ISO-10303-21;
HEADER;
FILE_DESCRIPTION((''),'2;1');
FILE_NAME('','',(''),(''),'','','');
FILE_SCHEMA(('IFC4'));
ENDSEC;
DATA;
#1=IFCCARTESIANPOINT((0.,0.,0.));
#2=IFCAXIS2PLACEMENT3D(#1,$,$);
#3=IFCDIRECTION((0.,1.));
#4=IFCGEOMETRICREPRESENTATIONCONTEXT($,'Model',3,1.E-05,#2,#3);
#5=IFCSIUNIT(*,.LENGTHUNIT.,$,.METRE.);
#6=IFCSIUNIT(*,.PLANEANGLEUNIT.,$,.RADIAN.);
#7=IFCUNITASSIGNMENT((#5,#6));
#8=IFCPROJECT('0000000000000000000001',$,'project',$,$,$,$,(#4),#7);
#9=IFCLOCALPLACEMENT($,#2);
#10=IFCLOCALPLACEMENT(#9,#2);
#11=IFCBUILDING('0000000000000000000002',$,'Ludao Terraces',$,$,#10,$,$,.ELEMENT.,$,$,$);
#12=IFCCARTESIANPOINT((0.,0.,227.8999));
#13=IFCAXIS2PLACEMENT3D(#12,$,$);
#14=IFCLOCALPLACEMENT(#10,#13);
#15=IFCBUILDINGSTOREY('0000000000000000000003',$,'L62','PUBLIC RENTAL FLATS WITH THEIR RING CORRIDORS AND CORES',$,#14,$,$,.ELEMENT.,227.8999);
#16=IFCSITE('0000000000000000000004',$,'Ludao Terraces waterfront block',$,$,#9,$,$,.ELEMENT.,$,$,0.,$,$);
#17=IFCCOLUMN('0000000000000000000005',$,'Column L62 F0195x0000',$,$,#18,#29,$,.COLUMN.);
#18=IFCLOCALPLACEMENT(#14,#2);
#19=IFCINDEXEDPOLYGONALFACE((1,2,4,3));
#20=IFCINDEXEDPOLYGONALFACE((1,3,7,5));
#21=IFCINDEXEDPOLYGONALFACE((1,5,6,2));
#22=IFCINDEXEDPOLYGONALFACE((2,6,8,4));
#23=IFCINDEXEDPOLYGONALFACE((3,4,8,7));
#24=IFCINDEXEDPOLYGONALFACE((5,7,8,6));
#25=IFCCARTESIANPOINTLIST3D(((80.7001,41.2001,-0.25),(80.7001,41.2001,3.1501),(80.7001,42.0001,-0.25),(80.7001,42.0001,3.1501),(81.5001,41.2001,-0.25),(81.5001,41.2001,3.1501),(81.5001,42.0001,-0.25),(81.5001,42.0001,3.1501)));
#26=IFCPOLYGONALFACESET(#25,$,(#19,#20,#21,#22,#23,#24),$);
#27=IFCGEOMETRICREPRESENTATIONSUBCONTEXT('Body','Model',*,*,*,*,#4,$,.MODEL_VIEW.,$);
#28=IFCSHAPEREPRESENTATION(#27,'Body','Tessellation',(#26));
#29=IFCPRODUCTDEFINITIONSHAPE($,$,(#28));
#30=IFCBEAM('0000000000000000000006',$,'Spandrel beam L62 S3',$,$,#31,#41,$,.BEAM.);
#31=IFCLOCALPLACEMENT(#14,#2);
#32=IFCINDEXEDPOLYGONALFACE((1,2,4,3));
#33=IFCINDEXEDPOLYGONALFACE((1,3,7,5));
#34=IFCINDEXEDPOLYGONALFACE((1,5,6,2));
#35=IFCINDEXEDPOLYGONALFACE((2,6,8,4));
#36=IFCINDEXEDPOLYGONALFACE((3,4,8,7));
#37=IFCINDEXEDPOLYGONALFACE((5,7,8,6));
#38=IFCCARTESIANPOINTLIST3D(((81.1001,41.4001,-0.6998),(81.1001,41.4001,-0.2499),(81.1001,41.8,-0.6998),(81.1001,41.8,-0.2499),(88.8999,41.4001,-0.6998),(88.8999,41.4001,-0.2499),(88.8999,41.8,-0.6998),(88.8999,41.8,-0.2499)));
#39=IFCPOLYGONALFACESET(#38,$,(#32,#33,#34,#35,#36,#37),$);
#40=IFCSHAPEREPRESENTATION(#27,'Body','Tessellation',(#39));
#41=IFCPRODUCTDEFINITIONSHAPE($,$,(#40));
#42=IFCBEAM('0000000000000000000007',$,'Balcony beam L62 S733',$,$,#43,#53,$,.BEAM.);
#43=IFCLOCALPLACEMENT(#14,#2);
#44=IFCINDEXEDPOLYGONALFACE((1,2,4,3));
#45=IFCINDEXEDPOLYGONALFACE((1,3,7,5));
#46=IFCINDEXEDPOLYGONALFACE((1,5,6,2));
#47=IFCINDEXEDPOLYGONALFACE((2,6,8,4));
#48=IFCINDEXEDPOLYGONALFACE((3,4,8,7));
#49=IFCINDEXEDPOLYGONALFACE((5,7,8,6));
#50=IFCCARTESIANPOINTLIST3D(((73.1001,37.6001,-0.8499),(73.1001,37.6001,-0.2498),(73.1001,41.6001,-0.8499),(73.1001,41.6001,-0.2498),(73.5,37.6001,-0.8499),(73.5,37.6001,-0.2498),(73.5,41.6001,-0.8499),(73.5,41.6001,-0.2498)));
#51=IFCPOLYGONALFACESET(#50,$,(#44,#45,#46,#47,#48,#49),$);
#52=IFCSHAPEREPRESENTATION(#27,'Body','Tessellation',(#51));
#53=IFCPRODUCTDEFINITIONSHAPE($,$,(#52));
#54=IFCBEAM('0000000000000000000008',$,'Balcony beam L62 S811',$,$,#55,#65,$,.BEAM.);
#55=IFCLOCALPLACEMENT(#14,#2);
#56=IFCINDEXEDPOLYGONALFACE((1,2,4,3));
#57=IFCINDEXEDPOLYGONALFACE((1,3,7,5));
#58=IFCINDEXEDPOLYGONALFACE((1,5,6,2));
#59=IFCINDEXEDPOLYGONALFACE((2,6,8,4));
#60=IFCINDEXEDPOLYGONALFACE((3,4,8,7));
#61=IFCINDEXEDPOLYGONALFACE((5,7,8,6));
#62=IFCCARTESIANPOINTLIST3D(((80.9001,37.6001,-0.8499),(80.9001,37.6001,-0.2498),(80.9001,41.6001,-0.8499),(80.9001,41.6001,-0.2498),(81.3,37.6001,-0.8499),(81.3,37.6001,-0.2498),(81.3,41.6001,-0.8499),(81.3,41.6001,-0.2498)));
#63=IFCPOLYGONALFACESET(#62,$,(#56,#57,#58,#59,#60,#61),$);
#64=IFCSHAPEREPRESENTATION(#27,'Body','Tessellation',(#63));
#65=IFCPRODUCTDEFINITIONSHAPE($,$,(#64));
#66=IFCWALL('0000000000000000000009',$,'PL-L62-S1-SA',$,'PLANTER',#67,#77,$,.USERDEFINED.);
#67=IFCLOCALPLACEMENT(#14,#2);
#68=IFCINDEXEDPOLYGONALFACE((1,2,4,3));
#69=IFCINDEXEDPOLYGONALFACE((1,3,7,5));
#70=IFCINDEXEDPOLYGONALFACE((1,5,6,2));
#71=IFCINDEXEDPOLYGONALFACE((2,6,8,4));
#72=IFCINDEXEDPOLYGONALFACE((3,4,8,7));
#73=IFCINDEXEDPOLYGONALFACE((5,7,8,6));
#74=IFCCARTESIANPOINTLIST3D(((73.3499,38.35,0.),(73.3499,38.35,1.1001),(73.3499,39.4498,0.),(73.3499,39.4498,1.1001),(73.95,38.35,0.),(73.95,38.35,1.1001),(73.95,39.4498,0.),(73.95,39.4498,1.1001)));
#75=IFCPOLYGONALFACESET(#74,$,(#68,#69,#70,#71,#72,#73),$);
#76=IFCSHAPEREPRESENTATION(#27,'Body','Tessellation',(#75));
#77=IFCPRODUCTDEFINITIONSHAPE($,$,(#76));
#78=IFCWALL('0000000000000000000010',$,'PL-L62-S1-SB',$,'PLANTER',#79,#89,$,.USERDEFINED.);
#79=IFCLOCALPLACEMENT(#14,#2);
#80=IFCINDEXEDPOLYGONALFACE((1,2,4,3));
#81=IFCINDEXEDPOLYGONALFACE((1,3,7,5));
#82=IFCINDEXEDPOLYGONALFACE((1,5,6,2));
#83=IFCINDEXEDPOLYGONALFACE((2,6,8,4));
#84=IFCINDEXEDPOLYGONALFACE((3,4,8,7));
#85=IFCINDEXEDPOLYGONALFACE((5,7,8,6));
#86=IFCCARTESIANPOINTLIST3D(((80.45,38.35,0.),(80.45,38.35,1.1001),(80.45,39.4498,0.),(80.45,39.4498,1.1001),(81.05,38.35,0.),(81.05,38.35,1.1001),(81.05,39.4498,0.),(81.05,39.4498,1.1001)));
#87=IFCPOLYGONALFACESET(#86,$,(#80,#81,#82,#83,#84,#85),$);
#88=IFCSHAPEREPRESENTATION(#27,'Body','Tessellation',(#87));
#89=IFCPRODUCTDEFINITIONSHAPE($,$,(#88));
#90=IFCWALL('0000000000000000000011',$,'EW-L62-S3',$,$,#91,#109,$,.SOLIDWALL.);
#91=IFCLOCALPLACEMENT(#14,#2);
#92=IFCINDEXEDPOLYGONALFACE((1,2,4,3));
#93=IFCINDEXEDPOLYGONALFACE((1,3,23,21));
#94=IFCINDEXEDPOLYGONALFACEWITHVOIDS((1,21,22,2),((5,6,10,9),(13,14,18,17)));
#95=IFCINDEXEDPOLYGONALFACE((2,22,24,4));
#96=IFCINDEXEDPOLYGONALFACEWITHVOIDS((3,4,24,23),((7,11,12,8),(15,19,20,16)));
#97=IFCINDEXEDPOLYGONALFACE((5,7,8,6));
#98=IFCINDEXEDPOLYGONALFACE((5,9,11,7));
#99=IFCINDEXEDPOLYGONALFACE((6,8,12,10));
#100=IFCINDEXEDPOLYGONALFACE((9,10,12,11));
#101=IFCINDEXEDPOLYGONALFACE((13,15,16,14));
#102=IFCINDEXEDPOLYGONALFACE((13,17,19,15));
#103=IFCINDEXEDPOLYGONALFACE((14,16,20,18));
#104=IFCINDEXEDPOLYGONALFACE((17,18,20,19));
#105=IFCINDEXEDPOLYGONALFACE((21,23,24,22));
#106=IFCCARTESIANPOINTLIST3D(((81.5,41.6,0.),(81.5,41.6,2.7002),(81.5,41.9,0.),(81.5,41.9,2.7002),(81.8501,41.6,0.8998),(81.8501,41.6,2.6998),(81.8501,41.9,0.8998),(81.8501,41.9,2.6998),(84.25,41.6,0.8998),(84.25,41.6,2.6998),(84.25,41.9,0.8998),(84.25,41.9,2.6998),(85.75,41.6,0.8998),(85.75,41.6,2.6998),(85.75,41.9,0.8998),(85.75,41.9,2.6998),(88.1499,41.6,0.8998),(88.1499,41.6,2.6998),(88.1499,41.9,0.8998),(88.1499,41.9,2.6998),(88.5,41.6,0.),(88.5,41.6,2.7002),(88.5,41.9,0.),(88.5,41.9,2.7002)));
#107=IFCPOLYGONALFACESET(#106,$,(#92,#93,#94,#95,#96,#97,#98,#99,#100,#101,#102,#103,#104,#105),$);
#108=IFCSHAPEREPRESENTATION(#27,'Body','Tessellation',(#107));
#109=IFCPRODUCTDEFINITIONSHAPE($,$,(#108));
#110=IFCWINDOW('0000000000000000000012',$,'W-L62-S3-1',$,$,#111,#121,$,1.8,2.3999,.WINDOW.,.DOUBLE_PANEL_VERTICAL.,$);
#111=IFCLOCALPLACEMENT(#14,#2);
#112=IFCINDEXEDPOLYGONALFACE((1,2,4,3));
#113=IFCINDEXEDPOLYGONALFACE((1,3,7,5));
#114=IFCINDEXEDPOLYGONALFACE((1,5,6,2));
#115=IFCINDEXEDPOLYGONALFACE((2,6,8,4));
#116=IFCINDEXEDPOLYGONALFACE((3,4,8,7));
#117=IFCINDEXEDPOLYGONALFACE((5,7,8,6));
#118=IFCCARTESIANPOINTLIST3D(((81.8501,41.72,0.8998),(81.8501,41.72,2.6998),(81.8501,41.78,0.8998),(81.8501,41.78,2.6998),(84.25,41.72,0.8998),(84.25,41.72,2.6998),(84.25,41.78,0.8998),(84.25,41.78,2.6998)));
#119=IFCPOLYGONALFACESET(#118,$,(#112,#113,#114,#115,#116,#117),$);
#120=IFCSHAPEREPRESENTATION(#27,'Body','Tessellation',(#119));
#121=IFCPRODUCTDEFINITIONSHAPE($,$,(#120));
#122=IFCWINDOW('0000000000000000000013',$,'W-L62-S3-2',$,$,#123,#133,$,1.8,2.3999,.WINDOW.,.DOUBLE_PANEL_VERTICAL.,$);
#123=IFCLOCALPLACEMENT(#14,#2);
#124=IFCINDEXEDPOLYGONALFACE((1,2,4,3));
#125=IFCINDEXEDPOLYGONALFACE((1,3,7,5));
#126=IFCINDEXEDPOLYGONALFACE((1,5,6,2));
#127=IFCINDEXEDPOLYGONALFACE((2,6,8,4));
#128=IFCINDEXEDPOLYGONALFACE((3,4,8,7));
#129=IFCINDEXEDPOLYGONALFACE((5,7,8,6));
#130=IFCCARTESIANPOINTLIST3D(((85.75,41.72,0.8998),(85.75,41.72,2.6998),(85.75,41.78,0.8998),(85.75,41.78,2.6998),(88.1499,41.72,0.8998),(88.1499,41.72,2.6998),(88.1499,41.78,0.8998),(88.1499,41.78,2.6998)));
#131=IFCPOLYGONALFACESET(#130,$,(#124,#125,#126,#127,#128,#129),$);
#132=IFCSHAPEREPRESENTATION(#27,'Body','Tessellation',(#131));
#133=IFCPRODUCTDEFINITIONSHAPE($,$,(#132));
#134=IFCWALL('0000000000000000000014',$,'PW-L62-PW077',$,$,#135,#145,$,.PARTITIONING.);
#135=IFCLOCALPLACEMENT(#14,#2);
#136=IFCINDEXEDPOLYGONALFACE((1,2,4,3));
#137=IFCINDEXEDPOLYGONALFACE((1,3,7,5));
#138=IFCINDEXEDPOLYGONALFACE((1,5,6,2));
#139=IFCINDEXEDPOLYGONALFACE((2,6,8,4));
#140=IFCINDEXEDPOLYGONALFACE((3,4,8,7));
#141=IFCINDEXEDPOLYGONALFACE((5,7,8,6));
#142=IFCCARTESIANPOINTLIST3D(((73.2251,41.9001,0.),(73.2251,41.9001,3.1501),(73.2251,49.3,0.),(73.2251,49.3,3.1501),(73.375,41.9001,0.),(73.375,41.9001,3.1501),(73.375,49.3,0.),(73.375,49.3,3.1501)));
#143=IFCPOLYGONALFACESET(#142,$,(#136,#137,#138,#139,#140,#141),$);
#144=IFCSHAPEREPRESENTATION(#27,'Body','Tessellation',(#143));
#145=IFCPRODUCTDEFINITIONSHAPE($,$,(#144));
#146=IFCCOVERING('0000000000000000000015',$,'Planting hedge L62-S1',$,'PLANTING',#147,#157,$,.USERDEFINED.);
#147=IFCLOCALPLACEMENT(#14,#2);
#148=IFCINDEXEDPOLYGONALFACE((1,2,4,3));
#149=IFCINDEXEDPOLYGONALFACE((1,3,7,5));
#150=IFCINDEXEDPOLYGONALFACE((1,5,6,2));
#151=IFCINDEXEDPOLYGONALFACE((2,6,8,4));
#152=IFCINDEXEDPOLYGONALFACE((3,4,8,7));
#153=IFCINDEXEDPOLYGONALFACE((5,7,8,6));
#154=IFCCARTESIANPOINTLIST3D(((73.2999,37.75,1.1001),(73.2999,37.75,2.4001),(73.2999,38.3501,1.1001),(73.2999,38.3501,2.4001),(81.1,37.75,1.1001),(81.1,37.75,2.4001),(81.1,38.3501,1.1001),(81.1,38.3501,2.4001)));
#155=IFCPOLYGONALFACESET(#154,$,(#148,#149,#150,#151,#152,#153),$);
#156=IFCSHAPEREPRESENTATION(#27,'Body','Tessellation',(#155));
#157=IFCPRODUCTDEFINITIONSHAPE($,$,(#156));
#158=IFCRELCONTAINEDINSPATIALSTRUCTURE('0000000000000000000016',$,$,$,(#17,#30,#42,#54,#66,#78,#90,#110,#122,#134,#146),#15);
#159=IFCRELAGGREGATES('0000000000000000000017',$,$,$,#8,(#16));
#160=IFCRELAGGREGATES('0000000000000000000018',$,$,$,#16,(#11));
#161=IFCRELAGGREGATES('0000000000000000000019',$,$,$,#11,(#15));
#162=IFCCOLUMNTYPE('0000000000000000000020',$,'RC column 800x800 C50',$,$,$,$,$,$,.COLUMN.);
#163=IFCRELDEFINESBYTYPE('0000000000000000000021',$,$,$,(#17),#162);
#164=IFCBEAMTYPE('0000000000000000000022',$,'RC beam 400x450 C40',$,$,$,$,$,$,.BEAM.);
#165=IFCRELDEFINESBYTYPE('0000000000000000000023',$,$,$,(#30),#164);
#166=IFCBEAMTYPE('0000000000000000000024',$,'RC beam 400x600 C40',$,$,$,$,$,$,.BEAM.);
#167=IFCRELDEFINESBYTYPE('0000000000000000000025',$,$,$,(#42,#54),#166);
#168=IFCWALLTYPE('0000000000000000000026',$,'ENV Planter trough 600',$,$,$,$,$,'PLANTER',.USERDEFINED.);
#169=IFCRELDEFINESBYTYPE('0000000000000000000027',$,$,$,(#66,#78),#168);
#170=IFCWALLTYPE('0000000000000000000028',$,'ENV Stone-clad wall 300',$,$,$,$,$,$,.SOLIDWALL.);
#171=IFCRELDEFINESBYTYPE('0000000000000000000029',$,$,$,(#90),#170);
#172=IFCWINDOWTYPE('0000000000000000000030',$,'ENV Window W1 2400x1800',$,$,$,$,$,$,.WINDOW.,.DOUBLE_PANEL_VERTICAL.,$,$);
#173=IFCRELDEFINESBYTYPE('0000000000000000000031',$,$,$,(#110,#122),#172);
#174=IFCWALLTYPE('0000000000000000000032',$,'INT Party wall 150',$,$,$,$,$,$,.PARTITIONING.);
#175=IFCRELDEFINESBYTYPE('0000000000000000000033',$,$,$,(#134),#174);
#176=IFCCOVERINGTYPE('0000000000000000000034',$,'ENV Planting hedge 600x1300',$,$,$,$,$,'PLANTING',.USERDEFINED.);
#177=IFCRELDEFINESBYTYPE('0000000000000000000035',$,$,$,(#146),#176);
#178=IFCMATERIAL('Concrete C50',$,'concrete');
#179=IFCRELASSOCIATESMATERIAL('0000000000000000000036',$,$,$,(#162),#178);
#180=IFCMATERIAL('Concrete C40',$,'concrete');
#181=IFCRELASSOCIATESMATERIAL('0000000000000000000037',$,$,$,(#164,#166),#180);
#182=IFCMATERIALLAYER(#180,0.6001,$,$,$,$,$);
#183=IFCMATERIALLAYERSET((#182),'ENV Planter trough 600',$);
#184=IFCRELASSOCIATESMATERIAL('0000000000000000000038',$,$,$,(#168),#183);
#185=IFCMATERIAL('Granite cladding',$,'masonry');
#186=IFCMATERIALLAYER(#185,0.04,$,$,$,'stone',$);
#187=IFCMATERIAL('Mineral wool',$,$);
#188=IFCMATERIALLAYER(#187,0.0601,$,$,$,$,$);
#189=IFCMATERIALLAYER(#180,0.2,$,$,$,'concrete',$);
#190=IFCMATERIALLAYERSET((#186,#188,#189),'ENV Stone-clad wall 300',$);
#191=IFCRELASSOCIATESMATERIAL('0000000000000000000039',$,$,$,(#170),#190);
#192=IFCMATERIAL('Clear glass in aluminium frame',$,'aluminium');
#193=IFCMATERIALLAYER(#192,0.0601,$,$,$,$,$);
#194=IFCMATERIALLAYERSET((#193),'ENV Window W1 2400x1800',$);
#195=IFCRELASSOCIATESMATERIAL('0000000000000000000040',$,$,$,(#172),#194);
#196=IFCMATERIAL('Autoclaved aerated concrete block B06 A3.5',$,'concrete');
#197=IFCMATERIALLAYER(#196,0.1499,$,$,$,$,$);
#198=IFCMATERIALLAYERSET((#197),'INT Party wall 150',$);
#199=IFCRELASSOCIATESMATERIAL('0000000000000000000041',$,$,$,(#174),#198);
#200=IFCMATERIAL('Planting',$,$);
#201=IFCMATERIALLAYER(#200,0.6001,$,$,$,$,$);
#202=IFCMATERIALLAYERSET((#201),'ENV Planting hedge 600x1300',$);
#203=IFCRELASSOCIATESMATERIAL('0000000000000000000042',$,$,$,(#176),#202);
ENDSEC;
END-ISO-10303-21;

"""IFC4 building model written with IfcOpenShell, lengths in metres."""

from ifc_helpers import new_model, si_unit, direction, frame, frame_2d, origin, origin_2d, place, context, subcontext, project, spatial, rectangle, extrude, material, layer, layer_set, material_profile, profile_set, type_object, element, fill, save


model = new_model("IFC4")

# Units and contexts
model_context = context("Model", 3, precision=1e-05, world=origin(), true_north=direction((0.0, 1.0)))
body_context = subcontext(model_context, "Body", "Model", "MODEL_VIEW")
ifc_project = project(units=[si_unit("LENGTHUNIT", "METRE"), si_unit("PLANEANGLEUNIT", "RADIAN")], contexts=[model_context])

# Site, building, storey
site_placement = place(None, origin())
site = spatial("IfcSite", under=ifc_project, at=site_placement, Name="Ludao Terraces waterfront block", CompositionType="ELEMENT", RefElevation=0.0)
building_placement = place(site_placement, origin())
building = spatial("IfcBuilding", under=site, at=building_placement, Name="Ludao Terraces", CompositionType="ELEMENT")
storey_placement = place(building_placement, frame((0.0, 0.0, 227.8999)))
storey = spatial("IfcBuildingStorey", under=building, at=storey_placement, Name="L62", Description="PUBLIC RENTAL FLATS WITH THEIR RING CORRIDORS AND CORES", CompositionType="ELEMENT", Elevation=227.8999)

# Column
ifc_material_1 = material(Name="Concrete C50", Category="concrete")
ifc_material_profile_1 = material_profile(ifc_material_1, rectangle(XDim=0.8, YDim=0.8, at=origin_2d()), Name="800 X 800")
ifc_profile_set_1 = profile_set([ifc_material_profile_1], Name="Concrete C50")
column_type = type_object("IfcColumnType", Name="RC column 800x800 C50", PredefinedType="COLUMN", material=ifc_profile_set_1)
column_placement = place(storey_placement, frame((81.1001, 41.6001, -0.25), z_axis=(0.0, 0.0, 1.0), x_axis=(1.0, 0.0, 0.0)))
element("IfcColumn", 1, at=column_placement, inside=storey, type_object=column_type, Name="Column L62 F0195x0000", PredefinedType="COLUMN", context=body_context, shape_type="SweptSolid", body=[
    extrude(rectangle(XDim=0.8, YDim=0.8, at=origin_2d()), origin(), (0.0, 0.0, 1.0), 3.4001),
])

# Beams
ifc_material_2 = material(Name="Concrete C40", Category="concrete")
ifc_material_profile_2 = material_profile(ifc_material_2, rectangle(XDim=0.3999, YDim=0.45, at=origin_2d()), Name="400 X 450")
ifc_profile_set_2 = profile_set([ifc_material_profile_2], Name="Concrete C40")
beam_type_1 = type_object("IfcBeamType", Name="RC beam 400x450 C40", PredefinedType="BEAM", material=ifc_profile_set_2)
beam_placement = place(storey_placement, frame((81.1001, 41.6001, -0.4749), z_axis=(1.0, 0.0, 0.0), x_axis=(0.0, 1.0, 0.0)))
element("IfcBeam", 2, at=beam_placement, inside=storey, type_object=beam_type_1, Name="Spandrel beam L62 S3", PredefinedType="BEAM", context=body_context, shape_type="SweptSolid", body=[
    extrude(rectangle(XDim=0.3999, YDim=0.45, at=origin_2d()), origin(), (0.0, 0.0, 1.0), 7.7998),
])
ifc_material_profile_3 = material_profile(ifc_material_2, rectangle(XDim=0.3999, YDim=0.6001, at=origin_2d()), Name="400 X 600")
ifc_profile_set_3 = profile_set([ifc_material_profile_3], Name="Concrete C40")
beam_type_2 = type_object("IfcBeamType", Name="RC beam 400x600 C40", PredefinedType="BEAM", material=ifc_profile_set_3)
for number, where, z_axis, x_axis, name in (
    (3, (73.3, 41.6001, -0.5498), (0.0, -1.0, 0.0), (1.0, 0.0, 0.0), "Balcony beam L62 S733"),
    (4, (81.1001, 41.6001, -0.5498), (0.0, -1.0, 0.0), (1.0, 0.0, 0.0), "Balcony beam L62 S811"),
):
    element("IfcBeam", number, at=place(storey_placement, frame(where, z_axis=z_axis, x_axis=x_axis)), inside=storey, type_object=beam_type_2, Name=name, PredefinedType="BEAM", context=body_context, shape_type="SweptSolid", body=[
        extrude(rectangle(XDim=0.3999, YDim=0.6001, at=origin_2d()), origin(), (0.0, 0.0, 1.0), 4.0),
    ])

# Walls
ifc_layer_1 = layer(ifc_material_2, 0.6001)
ifc_layer_set_1 = layer_set([ifc_layer_1], Name="ENV Planter trough 600")
wall_type_1 = type_object("IfcWallType", Name="ENV Planter trough 600", ElementType="PLANTER", PredefinedType="USERDEFINED", material=ifc_layer_set_1)
for number, where, z_axis, x_axis, name in (
    (5, (73.6499, 38.3501, 0.0), (0.0, 0.0, 1.0), (0.0, 1.0, 0.0), "PL-L62-S1-SA"),
    (6, (80.75, 38.3501, 0.0), (0.0, 0.0, 1.0), (0.0, 1.0, 0.0), "PL-L62-S1-SB"),
):
    element("IfcWall", number, at=place(storey_placement, frame(where, z_axis=z_axis, x_axis=x_axis)), inside=storey, type_object=wall_type_1, Name=name, ObjectType="PLANTER", PredefinedType="USERDEFINED", context=body_context, shape_type="SweptSolid", body=[
        extrude(rectangle(XDim=1.0999, YDim=0.6001, at=frame_2d((0.5498, 0.0))), origin(), (0.0, 0.0, 1.0), 1.1001),
    ])

# Shared definitions
ifc_material_3 = material(Name="Granite cladding", Category="masonry")
ifc_layer_2 = layer(ifc_material_3, 0.04, Category="stone")
ifc_material_4 = material(Name="Mineral wool")
ifc_layer_3 = layer(ifc_material_4, 0.0601)
ifc_layer_4 = layer(ifc_material_2, 0.2, Category="concrete")
ifc_layer_set_2 = layer_set([ifc_layer_2, ifc_layer_3, ifc_layer_4], Name="ENV Stone-clad wall 300")
wall_type_2 = type_object("IfcWallType", Name="ENV Stone-clad wall 300", PredefinedType="SOLIDWALL", material=ifc_layer_set_2)
ifc_material_5 = material(Name="Clear glass in aluminium frame", Category="aluminium")
ifc_layer_5 = layer(ifc_material_5, 0.0601)
ifc_layer_set_3 = layer_set([ifc_layer_5], Name="ENV Window W1 2400x1800")
window_type = type_object("IfcWindowType", Name="ENV Window W1 2400x1800", PartitioningType="DOUBLE_PANEL_VERTICAL", PredefinedType="WINDOW", material=ifc_layer_set_3)

# Wall, openings, windows
wall_1_placement = place(storey_placement, frame((81.5, 41.75, 0.0), z_axis=(0.0, 0.0, 1.0), x_axis=(1.0, 0.0, 0.0)))
wall_1 = element("IfcWall", 7, at=wall_1_placement, inside=storey, type_object=wall_type_2, Name="EW-L62-S3", PredefinedType="SOLIDWALL", context=body_context, shape_type="SweptSolid", body=[
    extrude(rectangle(XDim=7.0, YDim=0.3, at=frame_2d((3.5, 0.0))), origin(), (0.0, 0.0, 1.0), 2.7002),
])
opening_1_placement = place(wall_1_placement, frame((0.3501, 0.0, 0.8999)))
opening_1 = element("IfcOpeningElement", 8, at=opening_1_placement, cuts=wall_1, PredefinedType="OPENING", context=body_context, shape_type="SweptSolid", body=[
    extrude(rectangle(XDim=2.3999, YDim=1.8, at=frame_2d((1.2, 0.8999))), frame((0.0, 0.1602, 0.0), z_axis=(0.0, -1.0, 0.0), x_axis=(1.0, 0.0, 0.0)), (0.0, 0.0, 1.0), 0.3201),
])
opening_2_placement = place(wall_1_placement, frame((4.25, 0.0, 0.8999)))
opening_2 = element("IfcOpeningElement", 9, at=opening_2_placement, cuts=wall_1, PredefinedType="OPENING", context=body_context, shape_type="SweptSolid", body=[
    extrude(rectangle(XDim=2.3999, YDim=1.8, at=frame_2d((1.2, 0.8999))), frame((0.0, 0.1602, 0.0), z_axis=(0.0, -1.0, 0.0), x_axis=(1.0, 0.0, 0.0)), (0.0, 0.0, 1.0), 0.3201),
])
window_1_placement = place(opening_1_placement, origin())
window_1 = element("IfcWindow", 10, at=window_1_placement, inside=storey, type_object=window_type, Name="W-L62-S3-1", OverallHeight=1.8, OverallWidth=2.3999, PartitioningType="DOUBLE_PANEL_VERTICAL", PredefinedType="WINDOW", context=body_context, shape_type="SweptSolid", body=[
    extrude(rectangle(XDim=2.3999, YDim=1.8, at=frame_2d((1.2, 0.8999))), frame((0.0, 0.03, 0.0), z_axis=(0.0, -1.0, 0.0), x_axis=(1.0, 0.0, 0.0)), (0.0, 0.0, 1.0), 0.0601),
])
fill(opening_1, window_1)
window_2_placement = place(opening_2_placement, origin())
window_2 = element("IfcWindow", 11, at=window_2_placement, inside=storey, type_object=window_type, Name="W-L62-S3-2", OverallHeight=1.8, OverallWidth=2.3999, PartitioningType="DOUBLE_PANEL_VERTICAL", PredefinedType="WINDOW", context=body_context, shape_type="SweptSolid", body=[
    extrude(rectangle(XDim=2.3999, YDim=1.8, at=frame_2d((1.2, 0.8999))), frame((0.0, 0.03, 0.0), z_axis=(0.0, -1.0, 0.0), x_axis=(1.0, 0.0, 0.0)), (0.0, 0.0, 1.0), 0.0601),
])
fill(opening_2, window_2)

# Wall
ifc_material_6 = material(Name="Autoclaved aerated concrete block B06 A3.5", Category="concrete")
ifc_layer_6 = layer(ifc_material_6, 0.1499)
ifc_layer_set_4 = layer_set([ifc_layer_6], Name="INT Party wall 150")
wall_type_3 = type_object("IfcWallType", Name="INT Party wall 150", PredefinedType="PARTITIONING", material=ifc_layer_set_4)
wall_2_placement = place(storey_placement, frame((73.3, 41.9001, 0.0), z_axis=(0.0, 0.0, 1.0), x_axis=(0.0, 1.0, 0.0)))
element("IfcWall", 12, at=wall_2_placement, inside=storey, type_object=wall_type_3, Name="PW-L62-PW077", PredefinedType="PARTITIONING", context=body_context, shape_type="SweptSolid", body=[
    extrude(rectangle(XDim=7.3999, YDim=0.1499, at=frame_2d((3.7, 0.0))), origin(), (0.0, 0.0, 1.0), 3.1501),
])

# Covering
ifc_material_7 = material(Name="Planting")
ifc_layer_7 = layer(ifc_material_7, 0.6001)
ifc_layer_set_5 = layer_set([ifc_layer_7], Name="ENV Planting hedge 600x1300")
covering_type = type_object("IfcCoveringType", Name="ENV Planting hedge 600x1300", ElementType="PLANTING", PredefinedType="USERDEFINED", material=ifc_layer_set_5)
covering_placement = place(storey_placement, frame((77.2, 38.05, 1.1001), z_axis=(0.0, 0.0, 1.0), x_axis=(1.0, 0.0, 0.0)))
element("IfcCovering", 13, at=covering_placement, inside=storey, type_object=covering_type, Name="Planting hedge L62-S1", ObjectType="PLANTING", PredefinedType="USERDEFINED", context=body_context, shape_type="SweptSolid", body=[
    extrude(rectangle(XDim=7.8, YDim=0.6001, at=origin_2d()), origin(), (0.0, 0.0, 1.0), 1.3),
])

save(model, "model.ifc")
